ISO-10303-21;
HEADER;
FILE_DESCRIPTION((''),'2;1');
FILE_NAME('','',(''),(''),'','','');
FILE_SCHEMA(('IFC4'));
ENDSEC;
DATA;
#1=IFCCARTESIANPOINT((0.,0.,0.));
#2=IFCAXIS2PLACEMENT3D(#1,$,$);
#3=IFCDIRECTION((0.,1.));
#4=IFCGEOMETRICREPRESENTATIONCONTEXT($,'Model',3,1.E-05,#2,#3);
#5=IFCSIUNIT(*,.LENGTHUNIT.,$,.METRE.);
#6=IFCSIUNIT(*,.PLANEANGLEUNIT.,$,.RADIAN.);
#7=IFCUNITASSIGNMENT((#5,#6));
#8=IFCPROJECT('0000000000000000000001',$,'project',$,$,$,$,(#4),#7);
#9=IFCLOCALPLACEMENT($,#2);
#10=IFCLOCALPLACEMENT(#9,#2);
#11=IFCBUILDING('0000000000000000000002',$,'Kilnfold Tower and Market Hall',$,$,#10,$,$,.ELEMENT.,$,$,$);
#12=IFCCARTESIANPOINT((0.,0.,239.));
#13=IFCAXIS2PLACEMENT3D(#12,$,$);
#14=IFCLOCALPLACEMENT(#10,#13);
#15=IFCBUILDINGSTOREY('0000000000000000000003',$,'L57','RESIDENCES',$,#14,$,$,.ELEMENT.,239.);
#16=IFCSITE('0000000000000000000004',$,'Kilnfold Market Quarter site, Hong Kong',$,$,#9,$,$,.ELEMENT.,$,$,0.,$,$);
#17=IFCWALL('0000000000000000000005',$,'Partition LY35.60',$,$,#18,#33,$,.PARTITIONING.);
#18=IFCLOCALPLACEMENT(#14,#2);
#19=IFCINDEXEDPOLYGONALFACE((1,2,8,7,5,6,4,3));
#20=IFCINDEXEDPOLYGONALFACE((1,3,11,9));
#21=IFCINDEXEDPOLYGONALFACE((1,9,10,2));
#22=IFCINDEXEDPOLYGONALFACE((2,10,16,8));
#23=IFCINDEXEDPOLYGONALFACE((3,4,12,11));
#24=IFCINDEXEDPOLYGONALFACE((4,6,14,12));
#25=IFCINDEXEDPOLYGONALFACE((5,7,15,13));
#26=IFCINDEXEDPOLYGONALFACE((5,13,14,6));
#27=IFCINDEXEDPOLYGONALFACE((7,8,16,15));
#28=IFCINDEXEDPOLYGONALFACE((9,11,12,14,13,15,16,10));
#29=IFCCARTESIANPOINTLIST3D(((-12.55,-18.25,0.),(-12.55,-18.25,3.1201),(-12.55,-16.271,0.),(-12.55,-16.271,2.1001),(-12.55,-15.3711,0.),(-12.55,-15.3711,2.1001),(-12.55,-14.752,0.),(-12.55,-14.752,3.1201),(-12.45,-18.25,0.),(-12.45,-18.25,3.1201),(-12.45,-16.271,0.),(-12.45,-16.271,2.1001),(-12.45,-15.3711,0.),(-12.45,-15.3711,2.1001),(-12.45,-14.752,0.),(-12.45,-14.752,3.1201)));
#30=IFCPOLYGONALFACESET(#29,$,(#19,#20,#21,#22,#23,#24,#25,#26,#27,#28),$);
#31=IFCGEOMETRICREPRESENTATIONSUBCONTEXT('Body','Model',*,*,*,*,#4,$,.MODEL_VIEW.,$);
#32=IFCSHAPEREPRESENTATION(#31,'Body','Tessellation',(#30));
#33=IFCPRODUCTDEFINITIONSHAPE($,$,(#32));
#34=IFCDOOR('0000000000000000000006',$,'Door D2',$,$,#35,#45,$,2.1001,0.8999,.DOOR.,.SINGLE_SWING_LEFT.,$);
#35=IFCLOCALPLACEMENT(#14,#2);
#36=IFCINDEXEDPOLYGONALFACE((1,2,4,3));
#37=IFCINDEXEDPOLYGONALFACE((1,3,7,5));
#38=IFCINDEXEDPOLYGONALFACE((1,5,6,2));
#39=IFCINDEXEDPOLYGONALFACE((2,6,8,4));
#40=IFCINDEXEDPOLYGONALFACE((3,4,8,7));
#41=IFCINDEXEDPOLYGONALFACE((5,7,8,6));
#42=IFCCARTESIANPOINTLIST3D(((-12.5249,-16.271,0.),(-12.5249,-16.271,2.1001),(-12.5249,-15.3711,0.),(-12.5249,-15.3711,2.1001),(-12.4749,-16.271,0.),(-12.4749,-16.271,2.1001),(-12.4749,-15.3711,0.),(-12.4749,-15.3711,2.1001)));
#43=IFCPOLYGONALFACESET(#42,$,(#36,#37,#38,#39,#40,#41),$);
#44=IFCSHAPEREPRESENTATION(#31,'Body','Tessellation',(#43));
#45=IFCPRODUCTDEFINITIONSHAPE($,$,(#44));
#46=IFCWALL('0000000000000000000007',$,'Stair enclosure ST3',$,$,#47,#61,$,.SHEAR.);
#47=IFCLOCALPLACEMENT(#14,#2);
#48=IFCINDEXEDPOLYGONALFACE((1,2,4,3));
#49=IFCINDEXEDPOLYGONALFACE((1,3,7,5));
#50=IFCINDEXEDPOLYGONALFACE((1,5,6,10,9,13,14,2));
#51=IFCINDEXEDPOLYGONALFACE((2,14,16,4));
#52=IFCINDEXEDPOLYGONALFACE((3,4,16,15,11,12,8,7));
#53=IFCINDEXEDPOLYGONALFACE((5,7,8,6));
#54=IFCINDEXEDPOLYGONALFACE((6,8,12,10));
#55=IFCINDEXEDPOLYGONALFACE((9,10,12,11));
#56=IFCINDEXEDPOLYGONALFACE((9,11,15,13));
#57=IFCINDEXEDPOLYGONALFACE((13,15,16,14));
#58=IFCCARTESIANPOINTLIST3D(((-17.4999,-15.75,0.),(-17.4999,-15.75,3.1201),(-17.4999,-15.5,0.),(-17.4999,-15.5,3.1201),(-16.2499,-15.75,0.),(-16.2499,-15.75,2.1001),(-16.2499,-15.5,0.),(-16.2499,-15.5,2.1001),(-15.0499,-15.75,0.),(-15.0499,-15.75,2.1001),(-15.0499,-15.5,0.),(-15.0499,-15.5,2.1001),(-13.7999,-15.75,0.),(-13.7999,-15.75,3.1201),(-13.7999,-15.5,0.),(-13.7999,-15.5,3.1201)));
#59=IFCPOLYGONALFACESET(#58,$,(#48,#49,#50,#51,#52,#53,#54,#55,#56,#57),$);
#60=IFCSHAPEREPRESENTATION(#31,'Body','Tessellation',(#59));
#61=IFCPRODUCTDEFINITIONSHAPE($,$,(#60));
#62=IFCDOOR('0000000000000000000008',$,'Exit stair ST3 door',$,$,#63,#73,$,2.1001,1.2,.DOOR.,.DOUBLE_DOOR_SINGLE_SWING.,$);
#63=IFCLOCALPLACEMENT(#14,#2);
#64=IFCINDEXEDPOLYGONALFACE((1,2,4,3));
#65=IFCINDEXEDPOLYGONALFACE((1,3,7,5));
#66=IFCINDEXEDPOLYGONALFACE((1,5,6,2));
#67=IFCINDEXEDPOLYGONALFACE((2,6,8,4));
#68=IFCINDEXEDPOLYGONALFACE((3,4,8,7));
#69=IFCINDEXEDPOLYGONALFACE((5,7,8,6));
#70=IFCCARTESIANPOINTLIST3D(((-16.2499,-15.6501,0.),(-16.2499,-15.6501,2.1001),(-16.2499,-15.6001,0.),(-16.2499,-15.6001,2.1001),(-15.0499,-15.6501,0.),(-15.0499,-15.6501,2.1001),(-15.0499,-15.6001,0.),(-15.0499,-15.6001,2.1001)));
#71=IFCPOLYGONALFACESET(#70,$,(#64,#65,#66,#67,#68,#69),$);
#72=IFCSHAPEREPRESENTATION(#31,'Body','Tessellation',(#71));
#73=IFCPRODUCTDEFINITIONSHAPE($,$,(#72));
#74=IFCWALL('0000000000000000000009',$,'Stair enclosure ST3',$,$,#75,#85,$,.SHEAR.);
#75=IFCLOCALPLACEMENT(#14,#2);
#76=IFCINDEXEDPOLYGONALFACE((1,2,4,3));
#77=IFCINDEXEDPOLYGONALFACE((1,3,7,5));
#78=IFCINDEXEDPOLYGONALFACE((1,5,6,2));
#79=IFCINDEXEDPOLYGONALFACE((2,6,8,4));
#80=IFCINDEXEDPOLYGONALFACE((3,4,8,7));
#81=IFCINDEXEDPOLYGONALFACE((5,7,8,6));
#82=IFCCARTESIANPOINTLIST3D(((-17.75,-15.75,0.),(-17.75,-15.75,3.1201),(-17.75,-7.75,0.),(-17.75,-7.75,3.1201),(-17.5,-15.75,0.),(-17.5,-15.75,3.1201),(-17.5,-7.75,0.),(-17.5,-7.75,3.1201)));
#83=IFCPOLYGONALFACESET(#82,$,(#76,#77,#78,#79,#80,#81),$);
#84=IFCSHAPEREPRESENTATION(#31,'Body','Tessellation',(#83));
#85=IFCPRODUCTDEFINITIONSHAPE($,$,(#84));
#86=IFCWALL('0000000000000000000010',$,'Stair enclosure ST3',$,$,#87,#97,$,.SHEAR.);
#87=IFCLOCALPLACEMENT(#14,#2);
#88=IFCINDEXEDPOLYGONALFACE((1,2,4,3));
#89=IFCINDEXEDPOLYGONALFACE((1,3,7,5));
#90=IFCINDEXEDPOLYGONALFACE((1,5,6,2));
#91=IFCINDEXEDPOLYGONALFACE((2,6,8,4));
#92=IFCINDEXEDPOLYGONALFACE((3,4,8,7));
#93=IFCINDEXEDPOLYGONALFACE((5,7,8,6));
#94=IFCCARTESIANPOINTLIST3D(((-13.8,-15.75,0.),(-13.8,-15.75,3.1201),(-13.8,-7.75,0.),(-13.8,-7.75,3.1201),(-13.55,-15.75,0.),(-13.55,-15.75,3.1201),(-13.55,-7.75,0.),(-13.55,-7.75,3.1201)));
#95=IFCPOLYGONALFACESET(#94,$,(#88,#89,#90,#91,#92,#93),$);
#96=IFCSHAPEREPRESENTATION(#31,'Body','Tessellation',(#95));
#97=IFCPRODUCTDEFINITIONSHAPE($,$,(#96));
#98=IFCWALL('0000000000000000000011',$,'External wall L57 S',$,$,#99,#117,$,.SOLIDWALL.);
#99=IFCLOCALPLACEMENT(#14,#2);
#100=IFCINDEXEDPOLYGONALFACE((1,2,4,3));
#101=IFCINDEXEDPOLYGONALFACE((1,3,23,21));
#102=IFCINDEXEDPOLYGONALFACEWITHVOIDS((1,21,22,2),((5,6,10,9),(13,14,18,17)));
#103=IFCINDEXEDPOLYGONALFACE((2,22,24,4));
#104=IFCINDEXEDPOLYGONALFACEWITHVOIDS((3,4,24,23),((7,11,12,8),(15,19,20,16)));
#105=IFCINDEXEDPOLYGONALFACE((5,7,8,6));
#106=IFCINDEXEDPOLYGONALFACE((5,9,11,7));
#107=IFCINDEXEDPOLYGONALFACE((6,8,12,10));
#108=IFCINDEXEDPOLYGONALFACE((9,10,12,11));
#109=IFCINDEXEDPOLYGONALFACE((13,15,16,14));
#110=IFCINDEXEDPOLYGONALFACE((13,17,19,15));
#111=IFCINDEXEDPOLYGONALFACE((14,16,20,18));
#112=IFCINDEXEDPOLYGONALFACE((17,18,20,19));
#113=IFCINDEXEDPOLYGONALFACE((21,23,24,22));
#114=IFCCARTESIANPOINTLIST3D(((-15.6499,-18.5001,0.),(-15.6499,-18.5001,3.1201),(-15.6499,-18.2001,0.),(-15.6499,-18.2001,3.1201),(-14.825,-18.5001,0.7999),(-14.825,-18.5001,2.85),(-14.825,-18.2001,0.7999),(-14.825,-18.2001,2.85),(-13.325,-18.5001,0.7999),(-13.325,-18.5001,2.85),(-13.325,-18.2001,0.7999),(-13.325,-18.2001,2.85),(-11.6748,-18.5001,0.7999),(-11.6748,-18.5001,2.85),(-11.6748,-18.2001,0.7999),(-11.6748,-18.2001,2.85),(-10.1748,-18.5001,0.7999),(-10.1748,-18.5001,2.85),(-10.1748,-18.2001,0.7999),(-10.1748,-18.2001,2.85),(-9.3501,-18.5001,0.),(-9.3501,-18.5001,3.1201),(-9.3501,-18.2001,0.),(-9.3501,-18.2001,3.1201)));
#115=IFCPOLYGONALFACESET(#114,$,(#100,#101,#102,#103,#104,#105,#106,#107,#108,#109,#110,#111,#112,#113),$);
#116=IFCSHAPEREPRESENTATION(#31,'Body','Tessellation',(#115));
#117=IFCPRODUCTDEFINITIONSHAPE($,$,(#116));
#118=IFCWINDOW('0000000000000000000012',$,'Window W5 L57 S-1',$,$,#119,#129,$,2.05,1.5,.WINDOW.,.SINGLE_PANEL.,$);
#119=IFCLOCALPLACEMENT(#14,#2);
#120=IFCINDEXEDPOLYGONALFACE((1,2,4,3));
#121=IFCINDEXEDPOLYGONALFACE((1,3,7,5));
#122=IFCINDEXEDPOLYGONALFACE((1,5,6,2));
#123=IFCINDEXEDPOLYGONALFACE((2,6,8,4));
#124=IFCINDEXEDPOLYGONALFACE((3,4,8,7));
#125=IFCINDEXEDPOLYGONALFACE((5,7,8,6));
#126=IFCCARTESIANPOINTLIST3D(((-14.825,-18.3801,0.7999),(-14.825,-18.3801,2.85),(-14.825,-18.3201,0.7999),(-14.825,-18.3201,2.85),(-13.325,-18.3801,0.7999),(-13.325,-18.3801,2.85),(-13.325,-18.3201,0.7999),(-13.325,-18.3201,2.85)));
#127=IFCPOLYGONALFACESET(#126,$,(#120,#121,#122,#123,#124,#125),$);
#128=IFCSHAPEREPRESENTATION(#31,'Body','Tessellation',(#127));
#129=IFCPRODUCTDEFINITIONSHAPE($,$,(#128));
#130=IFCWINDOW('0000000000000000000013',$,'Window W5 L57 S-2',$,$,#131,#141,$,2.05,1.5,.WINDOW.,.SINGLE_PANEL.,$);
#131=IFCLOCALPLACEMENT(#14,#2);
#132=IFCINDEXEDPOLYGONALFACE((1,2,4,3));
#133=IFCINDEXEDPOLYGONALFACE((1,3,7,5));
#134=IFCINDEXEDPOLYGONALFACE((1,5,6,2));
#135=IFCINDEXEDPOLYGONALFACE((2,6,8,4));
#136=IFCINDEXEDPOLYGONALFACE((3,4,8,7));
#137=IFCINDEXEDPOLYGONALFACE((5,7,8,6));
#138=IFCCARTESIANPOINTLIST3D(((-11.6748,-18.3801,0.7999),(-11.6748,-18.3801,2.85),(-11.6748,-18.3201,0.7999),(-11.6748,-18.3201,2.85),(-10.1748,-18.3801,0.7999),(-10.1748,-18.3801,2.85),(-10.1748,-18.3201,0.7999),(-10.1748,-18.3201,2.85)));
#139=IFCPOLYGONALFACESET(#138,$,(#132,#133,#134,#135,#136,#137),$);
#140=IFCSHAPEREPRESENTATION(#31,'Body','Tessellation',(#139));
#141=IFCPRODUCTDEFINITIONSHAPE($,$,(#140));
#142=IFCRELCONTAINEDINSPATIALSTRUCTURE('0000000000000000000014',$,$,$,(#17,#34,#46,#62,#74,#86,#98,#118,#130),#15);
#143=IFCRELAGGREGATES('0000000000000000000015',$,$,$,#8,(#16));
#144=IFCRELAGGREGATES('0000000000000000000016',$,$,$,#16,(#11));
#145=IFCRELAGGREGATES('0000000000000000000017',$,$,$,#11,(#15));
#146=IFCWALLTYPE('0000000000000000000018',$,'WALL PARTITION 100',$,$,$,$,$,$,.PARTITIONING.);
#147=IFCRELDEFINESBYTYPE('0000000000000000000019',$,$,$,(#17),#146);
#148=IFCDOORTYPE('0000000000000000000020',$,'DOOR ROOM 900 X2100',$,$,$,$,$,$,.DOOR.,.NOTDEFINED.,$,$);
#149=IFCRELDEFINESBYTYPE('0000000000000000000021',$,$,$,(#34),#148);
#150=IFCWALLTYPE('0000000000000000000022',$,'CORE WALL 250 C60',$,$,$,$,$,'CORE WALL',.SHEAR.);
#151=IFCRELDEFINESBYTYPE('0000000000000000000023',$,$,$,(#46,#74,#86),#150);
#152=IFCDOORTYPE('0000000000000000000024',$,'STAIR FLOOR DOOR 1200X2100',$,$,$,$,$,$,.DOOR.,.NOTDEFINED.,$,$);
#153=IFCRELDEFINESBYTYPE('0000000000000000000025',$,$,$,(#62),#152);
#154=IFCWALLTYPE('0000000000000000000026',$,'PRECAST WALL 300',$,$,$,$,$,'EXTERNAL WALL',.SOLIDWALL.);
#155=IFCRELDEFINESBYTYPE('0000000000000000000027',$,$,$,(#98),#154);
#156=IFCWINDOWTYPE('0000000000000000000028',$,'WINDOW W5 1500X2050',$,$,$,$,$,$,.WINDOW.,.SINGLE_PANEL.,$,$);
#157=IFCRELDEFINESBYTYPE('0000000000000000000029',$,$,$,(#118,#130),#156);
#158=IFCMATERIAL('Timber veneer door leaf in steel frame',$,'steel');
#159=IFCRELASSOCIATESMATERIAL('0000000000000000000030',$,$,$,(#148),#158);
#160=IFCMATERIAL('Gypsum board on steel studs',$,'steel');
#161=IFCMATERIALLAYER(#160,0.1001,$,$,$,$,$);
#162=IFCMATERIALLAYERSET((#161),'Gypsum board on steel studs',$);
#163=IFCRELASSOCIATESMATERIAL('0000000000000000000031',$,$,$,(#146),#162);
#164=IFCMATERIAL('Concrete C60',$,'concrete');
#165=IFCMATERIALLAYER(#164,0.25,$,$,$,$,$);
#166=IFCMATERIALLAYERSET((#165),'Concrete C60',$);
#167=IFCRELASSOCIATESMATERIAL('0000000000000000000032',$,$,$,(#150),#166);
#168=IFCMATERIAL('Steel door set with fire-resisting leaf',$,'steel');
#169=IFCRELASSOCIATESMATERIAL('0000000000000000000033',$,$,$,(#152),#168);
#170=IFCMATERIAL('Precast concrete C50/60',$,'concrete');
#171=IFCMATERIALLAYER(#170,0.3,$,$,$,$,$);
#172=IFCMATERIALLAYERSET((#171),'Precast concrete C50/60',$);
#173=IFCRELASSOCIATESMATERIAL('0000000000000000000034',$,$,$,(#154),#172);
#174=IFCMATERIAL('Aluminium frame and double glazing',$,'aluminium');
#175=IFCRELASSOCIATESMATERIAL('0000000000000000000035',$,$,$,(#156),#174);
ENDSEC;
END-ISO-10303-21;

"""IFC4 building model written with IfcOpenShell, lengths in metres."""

from ifc_helpers import new_model, si_unit, direction, frame, frame_2d, origin, place, context, subcontext, project, spatial, rectangle, extrude, source, transform, mapped, material, layer, layer_set, type_object, element, fill, save


model = new_model("IFC4")

# Units and contexts
model_context = context("Model", 3, precision=1e-05, world=origin(), true_north=direction((0.0, 1.0)))
body_context = subcontext(model_context, "Body", "Model", "MODEL_VIEW")
ifc_project = project(units=[si_unit("LENGTHUNIT", "METRE"), si_unit("PLANEANGLEUNIT", "RADIAN")], contexts=[model_context])

# Site, building, storey
site_placement = place(None, origin())
site = spatial("IfcSite", under=ifc_project, at=site_placement, Name="Kilnfold Market Quarter site, Hong Kong", CompositionType="ELEMENT", RefElevation=0.0)
building_placement = place(site_placement, origin())
building = spatial("IfcBuilding", under=site, at=building_placement, Name="Kilnfold Tower and Market Hall", CompositionType="ELEMENT")
storey_placement = place(building_placement, frame((0.0, 0.0, 239.0)))
storey = spatial("IfcBuildingStorey", under=building, at=storey_placement, Name="L57", Description="RESIDENCES", CompositionType="ELEMENT", Elevation=239.0)

# Shared definitions
ifc_material_1 = material(Name="Timber veneer door leaf in steel frame", Category="steel")
door_type_1 = type_object("IfcDoorType", Name="DOOR ROOM 900 X2100", OperationType="NOTDEFINED", PredefinedType="DOOR", material=ifc_material_1)

# Shared definitions
ifc_material_2 = material(Name="Gypsum board on steel studs", Category="steel")
ifc_layer_1 = layer(ifc_material_2, 0.1001)
ifc_layer_set_1 = layer_set([ifc_layer_1], Name="Gypsum board on steel studs")
wall_type_1 = type_object("IfcWallType", Name="WALL PARTITION 100", PredefinedType="PARTITIONING", material=ifc_layer_set_1)

# Walls, openings, doors
wall_1_placement = place(storey_placement, frame((-12.5, -18.25, 0.0), z_axis=(0.0, 0.0, 1.0), x_axis=(0.0, 1.0, 0.0)))
wall_1 = element("IfcWall", 1, at=wall_1_placement, inside=storey, type_object=wall_type_1, Name="Partition LY35.60", PredefinedType="PARTITIONING", context=body_context, shape_type="SweptSolid", body=[
    extrude(rectangle(XDim=3.498, YDim=0.1001, at=frame_2d((1.749, 0.0))), origin(), (0.0, 0.0, 1.0), 3.1201),
])
opening_1_placement = place(wall_1_placement, frame((1.979, 0.0, 0.0)))
opening_1 = element("IfcOpeningElement", 2, at=opening_1_placement, cuts=wall_1, PredefinedType="OPENING", context=body_context, shape_type="SweptSolid", body=[
    extrude(rectangle(XDim=0.8999, YDim=2.1001, at=frame_2d((0.45, 1.05))), frame((0.0, 0.0601, 0.0), z_axis=(0.0, -1.0, 0.0), x_axis=(1.0, 0.0, 0.0)), (0.0, 0.0, 1.0), 0.1201),
])
door_1_placement = place(opening_1_placement, origin())
door_1 = element("IfcDoor", 3, at=door_1_placement, inside=storey, type_object=door_type_1, Name="Door D2", OperationType="SINGLE_SWING_LEFT", OverallHeight=2.1001, OverallWidth=0.8999, PredefinedType="DOOR", context=body_context, shape_type="SweptSolid", body=[
    extrude(rectangle(XDim=0.8999, YDim=2.1001, at=frame_2d((0.45, 1.05))), frame((0.0, 0.0249, 0.0), z_axis=(0.0, -1.0, 0.0), x_axis=(1.0, 0.0, 0.0)), (0.0, 0.0, 1.0), 0.05),
])
fill(opening_1, door_1)
ifc_material_3 = material(Name="Concrete C60", Category="concrete")
ifc_layer_2 = layer(ifc_material_3, 0.25)
ifc_layer_set_2 = layer_set([ifc_layer_2], Name="Concrete C60")
wall_type_2 = type_object("IfcWallType", Name="CORE WALL 250 C60", ElementType="CORE WALL", PredefinedType="SHEAR", material=ifc_layer_set_2)
shared_shape_1 = source(origin(), body_context, "Body", "SweptSolid", [
    extrude(rectangle(XDim=3.7, YDim=0.25, at=frame_2d((1.8501, 0.0))), origin(), (0.0, 0.0, 1.0), 3.1201),
])
wall_2_placement = place(storey_placement, frame((-17.5, -15.625, 0.0), z_axis=(0.0, 0.0, 1.0), x_axis=(1.0, 0.0, 0.0)))
wall_2 = element("IfcWall", 4, at=wall_2_placement, inside=storey, type_object=wall_type_2, Name="Stair enclosure ST3", PredefinedType="SHEAR", context=body_context, shape_type="MappedRepresentation", body=[
    mapped(shared_shape_1, transform((0.0, 0.0, 0.0))),
])
opening_2_placement = place(wall_2_placement, frame((1.25, 0.0, 0.0)))
opening_2 = element("IfcOpeningElement", 5, at=opening_2_placement, cuts=wall_2, PredefinedType="OPENING", context=body_context, shape_type="SweptSolid", body=[
    extrude(rectangle(XDim=1.2, YDim=2.1001, at=frame_2d((0.6001, 1.05))), frame((0.0, 0.135, 0.0), z_axis=(0.0, -1.0, 0.0), x_axis=(1.0, 0.0, 0.0)), (0.0, 0.0, 1.0), 0.27),
])
ifc_material_4 = material(Name="Steel door set with fire-resisting leaf", Category="steel")
door_type_2 = type_object("IfcDoorType", Name="STAIR FLOOR DOOR 1200X2100", OperationType="NOTDEFINED", PredefinedType="DOOR", material=ifc_material_4)
door_2_placement = place(opening_2_placement, origin())
door_2 = element("IfcDoor", 6, at=door_2_placement, inside=storey, type_object=door_type_2, Name="Exit stair ST3 door", OperationType="DOUBLE_DOOR_SINGLE_SWING", OverallHeight=2.1001, OverallWidth=1.2, PredefinedType="DOOR", context=body_context, shape_type="SweptSolid", body=[
    extrude(rectangle(XDim=1.2, YDim=2.1001, at=frame_2d((0.6001, 1.05))), frame((0.0, 0.0249, 0.0), z_axis=(0.0, -1.0, 0.0), x_axis=(1.0, 0.0, 0.0)), (0.0, 0.0, 1.0), 0.05),
])
fill(opening_2, door_2)

# Walls
shared_shape_2 = source(origin(), body_context, "Body", "SweptSolid", [
    extrude(rectangle(XDim=8.0, YDim=0.25, at=frame_2d((4.0, 0.0))), origin(), (0.0, 0.0, 1.0), 3.1201),
])
for number, where, z_axis, x_axis, name in (
    (7, (-17.625, -15.75, 0.0), (0.0, 0.0, 1.0), (0.0, 1.0, 0.0), "Stair enclosure ST3"),
    (8, (-13.675, -15.75, 0.0), (0.0, 0.0, 1.0), (0.0, 1.0, 0.0), "Stair enclosure ST3"),
):
    element("IfcWall", number, at=place(storey_placement, frame(where, z_axis=z_axis, x_axis=x_axis)), inside=storey, type_object=wall_type_2, Name=name, PredefinedType="SHEAR", context=body_context, shape_type="MappedRepresentation", body=[
        mapped(shared_shape_2, transform((0.0, 0.0, 0.0))),
    ])

# Wall, openings, windows
ifc_material_5 = material(Name="Precast concrete C50/60", Category="concrete")
ifc_layer_3 = layer(ifc_material_5, 0.3)
ifc_layer_set_3 = layer_set([ifc_layer_3], Name="Precast concrete C50/60")
wall_type_3 = type_object("IfcWallType", Name="PRECAST WALL 300", ElementType="EXTERNAL WALL", PredefinedType="SOLIDWALL", material=ifc_layer_set_3)
shared_shape_3 = source(origin(), body_context, "Body", "SweptSolid", [
    extrude(rectangle(XDim=6.2998, YDim=0.3, at=frame_2d((3.1499, 0.0))), origin(), (0.0, 0.0, 1.0), 3.1201),
])
wall_3_placement = place(storey_placement, frame((-15.6499, -18.3501, 0.0), z_axis=(0.0, 0.0, 1.0), x_axis=(1.0, 0.0, 0.0)))
wall_3 = element("IfcWall", 9, at=wall_3_placement, inside=storey, type_object=wall_type_3, Name="External wall L57 S", PredefinedType="SOLIDWALL", context=body_context, shape_type="MappedRepresentation", body=[
    mapped(shared_shape_3, transform((0.0, 0.0, 0.0))),
])
opening_3_placement = place(wall_3_placement, frame((0.825, 0.0, 0.8)))
opening_3 = element("IfcOpeningElement", 10, at=opening_3_placement, cuts=wall_3, PredefinedType="OPENING", context=body_context, shape_type="SweptSolid", body=[
    extrude(rectangle(XDim=1.5, YDim=2.05, at=frame_2d((0.75, 1.0249))), frame((0.0, 0.1602, 0.0), z_axis=(0.0, -1.0, 0.0), x_axis=(1.0, 0.0, 0.0)), (0.0, 0.0, 1.0), 0.3201),
])
opening_4_placement = place(wall_3_placement, frame((3.9751, 0.0, 0.8)))
opening_4 = element("IfcOpeningElement", 11, at=opening_4_placement, cuts=wall_3, PredefinedType="OPENING", context=body_context, shape_type="SweptSolid", body=[
    extrude(rectangle(XDim=1.5, YDim=2.05, at=frame_2d((0.75, 1.0249))), frame((0.0, 0.1602, 0.0), z_axis=(0.0, -1.0, 0.0), x_axis=(1.0, 0.0, 0.0)), (0.0, 0.0, 1.0), 0.3201),
])
ifc_material_6 = material(Name="Aluminium frame and double glazing", Category="aluminium")
window_type_1 = type_object("IfcWindowType", Name="WINDOW W5 1500X2050", PartitioningType="SINGLE_PANEL", PredefinedType="WINDOW", material=ifc_material_6)
window_1_placement = place(opening_3_placement, origin())
window_1 = element("IfcWindow", 12, at=window_1_placement, inside=storey, type_object=window_type_1, Name="Window W5 L57 S-1", OverallHeight=2.05, OverallWidth=1.5, PartitioningType="SINGLE_PANEL", PredefinedType="WINDOW", context=body_context, shape_type="SweptSolid", body=[
    extrude(rectangle(XDim=1.5, YDim=2.05, at=frame_2d((0.75, 1.0249))), frame((0.0, 0.03, 0.0), z_axis=(0.0, -1.0, 0.0), x_axis=(1.0, 0.0, 0.0)), (0.0, 0.0, 1.0), 0.0601),
])
fill(opening_3, window_1)
window_2_placement = place(opening_4_placement, origin())
window_2 = element("IfcWindow", 13, at=window_2_placement, inside=storey, type_object=window_type_1, Name="Window W5 L57 S-2", OverallHeight=2.05, OverallWidth=1.5, PartitioningType="SINGLE_PANEL", PredefinedType="WINDOW", context=body_context, shape_type="SweptSolid", body=[
    extrude(rectangle(XDim=1.5, YDim=2.05, at=frame_2d((0.75, 1.0249))), frame((0.0, 0.03, 0.0), z_axis=(0.0, -1.0, 0.0), x_axis=(1.0, 0.0, 0.0)), (0.0, 0.0, 1.0), 0.0601),
])
fill(opening_4, window_2)

save(model, "model.ifc")
